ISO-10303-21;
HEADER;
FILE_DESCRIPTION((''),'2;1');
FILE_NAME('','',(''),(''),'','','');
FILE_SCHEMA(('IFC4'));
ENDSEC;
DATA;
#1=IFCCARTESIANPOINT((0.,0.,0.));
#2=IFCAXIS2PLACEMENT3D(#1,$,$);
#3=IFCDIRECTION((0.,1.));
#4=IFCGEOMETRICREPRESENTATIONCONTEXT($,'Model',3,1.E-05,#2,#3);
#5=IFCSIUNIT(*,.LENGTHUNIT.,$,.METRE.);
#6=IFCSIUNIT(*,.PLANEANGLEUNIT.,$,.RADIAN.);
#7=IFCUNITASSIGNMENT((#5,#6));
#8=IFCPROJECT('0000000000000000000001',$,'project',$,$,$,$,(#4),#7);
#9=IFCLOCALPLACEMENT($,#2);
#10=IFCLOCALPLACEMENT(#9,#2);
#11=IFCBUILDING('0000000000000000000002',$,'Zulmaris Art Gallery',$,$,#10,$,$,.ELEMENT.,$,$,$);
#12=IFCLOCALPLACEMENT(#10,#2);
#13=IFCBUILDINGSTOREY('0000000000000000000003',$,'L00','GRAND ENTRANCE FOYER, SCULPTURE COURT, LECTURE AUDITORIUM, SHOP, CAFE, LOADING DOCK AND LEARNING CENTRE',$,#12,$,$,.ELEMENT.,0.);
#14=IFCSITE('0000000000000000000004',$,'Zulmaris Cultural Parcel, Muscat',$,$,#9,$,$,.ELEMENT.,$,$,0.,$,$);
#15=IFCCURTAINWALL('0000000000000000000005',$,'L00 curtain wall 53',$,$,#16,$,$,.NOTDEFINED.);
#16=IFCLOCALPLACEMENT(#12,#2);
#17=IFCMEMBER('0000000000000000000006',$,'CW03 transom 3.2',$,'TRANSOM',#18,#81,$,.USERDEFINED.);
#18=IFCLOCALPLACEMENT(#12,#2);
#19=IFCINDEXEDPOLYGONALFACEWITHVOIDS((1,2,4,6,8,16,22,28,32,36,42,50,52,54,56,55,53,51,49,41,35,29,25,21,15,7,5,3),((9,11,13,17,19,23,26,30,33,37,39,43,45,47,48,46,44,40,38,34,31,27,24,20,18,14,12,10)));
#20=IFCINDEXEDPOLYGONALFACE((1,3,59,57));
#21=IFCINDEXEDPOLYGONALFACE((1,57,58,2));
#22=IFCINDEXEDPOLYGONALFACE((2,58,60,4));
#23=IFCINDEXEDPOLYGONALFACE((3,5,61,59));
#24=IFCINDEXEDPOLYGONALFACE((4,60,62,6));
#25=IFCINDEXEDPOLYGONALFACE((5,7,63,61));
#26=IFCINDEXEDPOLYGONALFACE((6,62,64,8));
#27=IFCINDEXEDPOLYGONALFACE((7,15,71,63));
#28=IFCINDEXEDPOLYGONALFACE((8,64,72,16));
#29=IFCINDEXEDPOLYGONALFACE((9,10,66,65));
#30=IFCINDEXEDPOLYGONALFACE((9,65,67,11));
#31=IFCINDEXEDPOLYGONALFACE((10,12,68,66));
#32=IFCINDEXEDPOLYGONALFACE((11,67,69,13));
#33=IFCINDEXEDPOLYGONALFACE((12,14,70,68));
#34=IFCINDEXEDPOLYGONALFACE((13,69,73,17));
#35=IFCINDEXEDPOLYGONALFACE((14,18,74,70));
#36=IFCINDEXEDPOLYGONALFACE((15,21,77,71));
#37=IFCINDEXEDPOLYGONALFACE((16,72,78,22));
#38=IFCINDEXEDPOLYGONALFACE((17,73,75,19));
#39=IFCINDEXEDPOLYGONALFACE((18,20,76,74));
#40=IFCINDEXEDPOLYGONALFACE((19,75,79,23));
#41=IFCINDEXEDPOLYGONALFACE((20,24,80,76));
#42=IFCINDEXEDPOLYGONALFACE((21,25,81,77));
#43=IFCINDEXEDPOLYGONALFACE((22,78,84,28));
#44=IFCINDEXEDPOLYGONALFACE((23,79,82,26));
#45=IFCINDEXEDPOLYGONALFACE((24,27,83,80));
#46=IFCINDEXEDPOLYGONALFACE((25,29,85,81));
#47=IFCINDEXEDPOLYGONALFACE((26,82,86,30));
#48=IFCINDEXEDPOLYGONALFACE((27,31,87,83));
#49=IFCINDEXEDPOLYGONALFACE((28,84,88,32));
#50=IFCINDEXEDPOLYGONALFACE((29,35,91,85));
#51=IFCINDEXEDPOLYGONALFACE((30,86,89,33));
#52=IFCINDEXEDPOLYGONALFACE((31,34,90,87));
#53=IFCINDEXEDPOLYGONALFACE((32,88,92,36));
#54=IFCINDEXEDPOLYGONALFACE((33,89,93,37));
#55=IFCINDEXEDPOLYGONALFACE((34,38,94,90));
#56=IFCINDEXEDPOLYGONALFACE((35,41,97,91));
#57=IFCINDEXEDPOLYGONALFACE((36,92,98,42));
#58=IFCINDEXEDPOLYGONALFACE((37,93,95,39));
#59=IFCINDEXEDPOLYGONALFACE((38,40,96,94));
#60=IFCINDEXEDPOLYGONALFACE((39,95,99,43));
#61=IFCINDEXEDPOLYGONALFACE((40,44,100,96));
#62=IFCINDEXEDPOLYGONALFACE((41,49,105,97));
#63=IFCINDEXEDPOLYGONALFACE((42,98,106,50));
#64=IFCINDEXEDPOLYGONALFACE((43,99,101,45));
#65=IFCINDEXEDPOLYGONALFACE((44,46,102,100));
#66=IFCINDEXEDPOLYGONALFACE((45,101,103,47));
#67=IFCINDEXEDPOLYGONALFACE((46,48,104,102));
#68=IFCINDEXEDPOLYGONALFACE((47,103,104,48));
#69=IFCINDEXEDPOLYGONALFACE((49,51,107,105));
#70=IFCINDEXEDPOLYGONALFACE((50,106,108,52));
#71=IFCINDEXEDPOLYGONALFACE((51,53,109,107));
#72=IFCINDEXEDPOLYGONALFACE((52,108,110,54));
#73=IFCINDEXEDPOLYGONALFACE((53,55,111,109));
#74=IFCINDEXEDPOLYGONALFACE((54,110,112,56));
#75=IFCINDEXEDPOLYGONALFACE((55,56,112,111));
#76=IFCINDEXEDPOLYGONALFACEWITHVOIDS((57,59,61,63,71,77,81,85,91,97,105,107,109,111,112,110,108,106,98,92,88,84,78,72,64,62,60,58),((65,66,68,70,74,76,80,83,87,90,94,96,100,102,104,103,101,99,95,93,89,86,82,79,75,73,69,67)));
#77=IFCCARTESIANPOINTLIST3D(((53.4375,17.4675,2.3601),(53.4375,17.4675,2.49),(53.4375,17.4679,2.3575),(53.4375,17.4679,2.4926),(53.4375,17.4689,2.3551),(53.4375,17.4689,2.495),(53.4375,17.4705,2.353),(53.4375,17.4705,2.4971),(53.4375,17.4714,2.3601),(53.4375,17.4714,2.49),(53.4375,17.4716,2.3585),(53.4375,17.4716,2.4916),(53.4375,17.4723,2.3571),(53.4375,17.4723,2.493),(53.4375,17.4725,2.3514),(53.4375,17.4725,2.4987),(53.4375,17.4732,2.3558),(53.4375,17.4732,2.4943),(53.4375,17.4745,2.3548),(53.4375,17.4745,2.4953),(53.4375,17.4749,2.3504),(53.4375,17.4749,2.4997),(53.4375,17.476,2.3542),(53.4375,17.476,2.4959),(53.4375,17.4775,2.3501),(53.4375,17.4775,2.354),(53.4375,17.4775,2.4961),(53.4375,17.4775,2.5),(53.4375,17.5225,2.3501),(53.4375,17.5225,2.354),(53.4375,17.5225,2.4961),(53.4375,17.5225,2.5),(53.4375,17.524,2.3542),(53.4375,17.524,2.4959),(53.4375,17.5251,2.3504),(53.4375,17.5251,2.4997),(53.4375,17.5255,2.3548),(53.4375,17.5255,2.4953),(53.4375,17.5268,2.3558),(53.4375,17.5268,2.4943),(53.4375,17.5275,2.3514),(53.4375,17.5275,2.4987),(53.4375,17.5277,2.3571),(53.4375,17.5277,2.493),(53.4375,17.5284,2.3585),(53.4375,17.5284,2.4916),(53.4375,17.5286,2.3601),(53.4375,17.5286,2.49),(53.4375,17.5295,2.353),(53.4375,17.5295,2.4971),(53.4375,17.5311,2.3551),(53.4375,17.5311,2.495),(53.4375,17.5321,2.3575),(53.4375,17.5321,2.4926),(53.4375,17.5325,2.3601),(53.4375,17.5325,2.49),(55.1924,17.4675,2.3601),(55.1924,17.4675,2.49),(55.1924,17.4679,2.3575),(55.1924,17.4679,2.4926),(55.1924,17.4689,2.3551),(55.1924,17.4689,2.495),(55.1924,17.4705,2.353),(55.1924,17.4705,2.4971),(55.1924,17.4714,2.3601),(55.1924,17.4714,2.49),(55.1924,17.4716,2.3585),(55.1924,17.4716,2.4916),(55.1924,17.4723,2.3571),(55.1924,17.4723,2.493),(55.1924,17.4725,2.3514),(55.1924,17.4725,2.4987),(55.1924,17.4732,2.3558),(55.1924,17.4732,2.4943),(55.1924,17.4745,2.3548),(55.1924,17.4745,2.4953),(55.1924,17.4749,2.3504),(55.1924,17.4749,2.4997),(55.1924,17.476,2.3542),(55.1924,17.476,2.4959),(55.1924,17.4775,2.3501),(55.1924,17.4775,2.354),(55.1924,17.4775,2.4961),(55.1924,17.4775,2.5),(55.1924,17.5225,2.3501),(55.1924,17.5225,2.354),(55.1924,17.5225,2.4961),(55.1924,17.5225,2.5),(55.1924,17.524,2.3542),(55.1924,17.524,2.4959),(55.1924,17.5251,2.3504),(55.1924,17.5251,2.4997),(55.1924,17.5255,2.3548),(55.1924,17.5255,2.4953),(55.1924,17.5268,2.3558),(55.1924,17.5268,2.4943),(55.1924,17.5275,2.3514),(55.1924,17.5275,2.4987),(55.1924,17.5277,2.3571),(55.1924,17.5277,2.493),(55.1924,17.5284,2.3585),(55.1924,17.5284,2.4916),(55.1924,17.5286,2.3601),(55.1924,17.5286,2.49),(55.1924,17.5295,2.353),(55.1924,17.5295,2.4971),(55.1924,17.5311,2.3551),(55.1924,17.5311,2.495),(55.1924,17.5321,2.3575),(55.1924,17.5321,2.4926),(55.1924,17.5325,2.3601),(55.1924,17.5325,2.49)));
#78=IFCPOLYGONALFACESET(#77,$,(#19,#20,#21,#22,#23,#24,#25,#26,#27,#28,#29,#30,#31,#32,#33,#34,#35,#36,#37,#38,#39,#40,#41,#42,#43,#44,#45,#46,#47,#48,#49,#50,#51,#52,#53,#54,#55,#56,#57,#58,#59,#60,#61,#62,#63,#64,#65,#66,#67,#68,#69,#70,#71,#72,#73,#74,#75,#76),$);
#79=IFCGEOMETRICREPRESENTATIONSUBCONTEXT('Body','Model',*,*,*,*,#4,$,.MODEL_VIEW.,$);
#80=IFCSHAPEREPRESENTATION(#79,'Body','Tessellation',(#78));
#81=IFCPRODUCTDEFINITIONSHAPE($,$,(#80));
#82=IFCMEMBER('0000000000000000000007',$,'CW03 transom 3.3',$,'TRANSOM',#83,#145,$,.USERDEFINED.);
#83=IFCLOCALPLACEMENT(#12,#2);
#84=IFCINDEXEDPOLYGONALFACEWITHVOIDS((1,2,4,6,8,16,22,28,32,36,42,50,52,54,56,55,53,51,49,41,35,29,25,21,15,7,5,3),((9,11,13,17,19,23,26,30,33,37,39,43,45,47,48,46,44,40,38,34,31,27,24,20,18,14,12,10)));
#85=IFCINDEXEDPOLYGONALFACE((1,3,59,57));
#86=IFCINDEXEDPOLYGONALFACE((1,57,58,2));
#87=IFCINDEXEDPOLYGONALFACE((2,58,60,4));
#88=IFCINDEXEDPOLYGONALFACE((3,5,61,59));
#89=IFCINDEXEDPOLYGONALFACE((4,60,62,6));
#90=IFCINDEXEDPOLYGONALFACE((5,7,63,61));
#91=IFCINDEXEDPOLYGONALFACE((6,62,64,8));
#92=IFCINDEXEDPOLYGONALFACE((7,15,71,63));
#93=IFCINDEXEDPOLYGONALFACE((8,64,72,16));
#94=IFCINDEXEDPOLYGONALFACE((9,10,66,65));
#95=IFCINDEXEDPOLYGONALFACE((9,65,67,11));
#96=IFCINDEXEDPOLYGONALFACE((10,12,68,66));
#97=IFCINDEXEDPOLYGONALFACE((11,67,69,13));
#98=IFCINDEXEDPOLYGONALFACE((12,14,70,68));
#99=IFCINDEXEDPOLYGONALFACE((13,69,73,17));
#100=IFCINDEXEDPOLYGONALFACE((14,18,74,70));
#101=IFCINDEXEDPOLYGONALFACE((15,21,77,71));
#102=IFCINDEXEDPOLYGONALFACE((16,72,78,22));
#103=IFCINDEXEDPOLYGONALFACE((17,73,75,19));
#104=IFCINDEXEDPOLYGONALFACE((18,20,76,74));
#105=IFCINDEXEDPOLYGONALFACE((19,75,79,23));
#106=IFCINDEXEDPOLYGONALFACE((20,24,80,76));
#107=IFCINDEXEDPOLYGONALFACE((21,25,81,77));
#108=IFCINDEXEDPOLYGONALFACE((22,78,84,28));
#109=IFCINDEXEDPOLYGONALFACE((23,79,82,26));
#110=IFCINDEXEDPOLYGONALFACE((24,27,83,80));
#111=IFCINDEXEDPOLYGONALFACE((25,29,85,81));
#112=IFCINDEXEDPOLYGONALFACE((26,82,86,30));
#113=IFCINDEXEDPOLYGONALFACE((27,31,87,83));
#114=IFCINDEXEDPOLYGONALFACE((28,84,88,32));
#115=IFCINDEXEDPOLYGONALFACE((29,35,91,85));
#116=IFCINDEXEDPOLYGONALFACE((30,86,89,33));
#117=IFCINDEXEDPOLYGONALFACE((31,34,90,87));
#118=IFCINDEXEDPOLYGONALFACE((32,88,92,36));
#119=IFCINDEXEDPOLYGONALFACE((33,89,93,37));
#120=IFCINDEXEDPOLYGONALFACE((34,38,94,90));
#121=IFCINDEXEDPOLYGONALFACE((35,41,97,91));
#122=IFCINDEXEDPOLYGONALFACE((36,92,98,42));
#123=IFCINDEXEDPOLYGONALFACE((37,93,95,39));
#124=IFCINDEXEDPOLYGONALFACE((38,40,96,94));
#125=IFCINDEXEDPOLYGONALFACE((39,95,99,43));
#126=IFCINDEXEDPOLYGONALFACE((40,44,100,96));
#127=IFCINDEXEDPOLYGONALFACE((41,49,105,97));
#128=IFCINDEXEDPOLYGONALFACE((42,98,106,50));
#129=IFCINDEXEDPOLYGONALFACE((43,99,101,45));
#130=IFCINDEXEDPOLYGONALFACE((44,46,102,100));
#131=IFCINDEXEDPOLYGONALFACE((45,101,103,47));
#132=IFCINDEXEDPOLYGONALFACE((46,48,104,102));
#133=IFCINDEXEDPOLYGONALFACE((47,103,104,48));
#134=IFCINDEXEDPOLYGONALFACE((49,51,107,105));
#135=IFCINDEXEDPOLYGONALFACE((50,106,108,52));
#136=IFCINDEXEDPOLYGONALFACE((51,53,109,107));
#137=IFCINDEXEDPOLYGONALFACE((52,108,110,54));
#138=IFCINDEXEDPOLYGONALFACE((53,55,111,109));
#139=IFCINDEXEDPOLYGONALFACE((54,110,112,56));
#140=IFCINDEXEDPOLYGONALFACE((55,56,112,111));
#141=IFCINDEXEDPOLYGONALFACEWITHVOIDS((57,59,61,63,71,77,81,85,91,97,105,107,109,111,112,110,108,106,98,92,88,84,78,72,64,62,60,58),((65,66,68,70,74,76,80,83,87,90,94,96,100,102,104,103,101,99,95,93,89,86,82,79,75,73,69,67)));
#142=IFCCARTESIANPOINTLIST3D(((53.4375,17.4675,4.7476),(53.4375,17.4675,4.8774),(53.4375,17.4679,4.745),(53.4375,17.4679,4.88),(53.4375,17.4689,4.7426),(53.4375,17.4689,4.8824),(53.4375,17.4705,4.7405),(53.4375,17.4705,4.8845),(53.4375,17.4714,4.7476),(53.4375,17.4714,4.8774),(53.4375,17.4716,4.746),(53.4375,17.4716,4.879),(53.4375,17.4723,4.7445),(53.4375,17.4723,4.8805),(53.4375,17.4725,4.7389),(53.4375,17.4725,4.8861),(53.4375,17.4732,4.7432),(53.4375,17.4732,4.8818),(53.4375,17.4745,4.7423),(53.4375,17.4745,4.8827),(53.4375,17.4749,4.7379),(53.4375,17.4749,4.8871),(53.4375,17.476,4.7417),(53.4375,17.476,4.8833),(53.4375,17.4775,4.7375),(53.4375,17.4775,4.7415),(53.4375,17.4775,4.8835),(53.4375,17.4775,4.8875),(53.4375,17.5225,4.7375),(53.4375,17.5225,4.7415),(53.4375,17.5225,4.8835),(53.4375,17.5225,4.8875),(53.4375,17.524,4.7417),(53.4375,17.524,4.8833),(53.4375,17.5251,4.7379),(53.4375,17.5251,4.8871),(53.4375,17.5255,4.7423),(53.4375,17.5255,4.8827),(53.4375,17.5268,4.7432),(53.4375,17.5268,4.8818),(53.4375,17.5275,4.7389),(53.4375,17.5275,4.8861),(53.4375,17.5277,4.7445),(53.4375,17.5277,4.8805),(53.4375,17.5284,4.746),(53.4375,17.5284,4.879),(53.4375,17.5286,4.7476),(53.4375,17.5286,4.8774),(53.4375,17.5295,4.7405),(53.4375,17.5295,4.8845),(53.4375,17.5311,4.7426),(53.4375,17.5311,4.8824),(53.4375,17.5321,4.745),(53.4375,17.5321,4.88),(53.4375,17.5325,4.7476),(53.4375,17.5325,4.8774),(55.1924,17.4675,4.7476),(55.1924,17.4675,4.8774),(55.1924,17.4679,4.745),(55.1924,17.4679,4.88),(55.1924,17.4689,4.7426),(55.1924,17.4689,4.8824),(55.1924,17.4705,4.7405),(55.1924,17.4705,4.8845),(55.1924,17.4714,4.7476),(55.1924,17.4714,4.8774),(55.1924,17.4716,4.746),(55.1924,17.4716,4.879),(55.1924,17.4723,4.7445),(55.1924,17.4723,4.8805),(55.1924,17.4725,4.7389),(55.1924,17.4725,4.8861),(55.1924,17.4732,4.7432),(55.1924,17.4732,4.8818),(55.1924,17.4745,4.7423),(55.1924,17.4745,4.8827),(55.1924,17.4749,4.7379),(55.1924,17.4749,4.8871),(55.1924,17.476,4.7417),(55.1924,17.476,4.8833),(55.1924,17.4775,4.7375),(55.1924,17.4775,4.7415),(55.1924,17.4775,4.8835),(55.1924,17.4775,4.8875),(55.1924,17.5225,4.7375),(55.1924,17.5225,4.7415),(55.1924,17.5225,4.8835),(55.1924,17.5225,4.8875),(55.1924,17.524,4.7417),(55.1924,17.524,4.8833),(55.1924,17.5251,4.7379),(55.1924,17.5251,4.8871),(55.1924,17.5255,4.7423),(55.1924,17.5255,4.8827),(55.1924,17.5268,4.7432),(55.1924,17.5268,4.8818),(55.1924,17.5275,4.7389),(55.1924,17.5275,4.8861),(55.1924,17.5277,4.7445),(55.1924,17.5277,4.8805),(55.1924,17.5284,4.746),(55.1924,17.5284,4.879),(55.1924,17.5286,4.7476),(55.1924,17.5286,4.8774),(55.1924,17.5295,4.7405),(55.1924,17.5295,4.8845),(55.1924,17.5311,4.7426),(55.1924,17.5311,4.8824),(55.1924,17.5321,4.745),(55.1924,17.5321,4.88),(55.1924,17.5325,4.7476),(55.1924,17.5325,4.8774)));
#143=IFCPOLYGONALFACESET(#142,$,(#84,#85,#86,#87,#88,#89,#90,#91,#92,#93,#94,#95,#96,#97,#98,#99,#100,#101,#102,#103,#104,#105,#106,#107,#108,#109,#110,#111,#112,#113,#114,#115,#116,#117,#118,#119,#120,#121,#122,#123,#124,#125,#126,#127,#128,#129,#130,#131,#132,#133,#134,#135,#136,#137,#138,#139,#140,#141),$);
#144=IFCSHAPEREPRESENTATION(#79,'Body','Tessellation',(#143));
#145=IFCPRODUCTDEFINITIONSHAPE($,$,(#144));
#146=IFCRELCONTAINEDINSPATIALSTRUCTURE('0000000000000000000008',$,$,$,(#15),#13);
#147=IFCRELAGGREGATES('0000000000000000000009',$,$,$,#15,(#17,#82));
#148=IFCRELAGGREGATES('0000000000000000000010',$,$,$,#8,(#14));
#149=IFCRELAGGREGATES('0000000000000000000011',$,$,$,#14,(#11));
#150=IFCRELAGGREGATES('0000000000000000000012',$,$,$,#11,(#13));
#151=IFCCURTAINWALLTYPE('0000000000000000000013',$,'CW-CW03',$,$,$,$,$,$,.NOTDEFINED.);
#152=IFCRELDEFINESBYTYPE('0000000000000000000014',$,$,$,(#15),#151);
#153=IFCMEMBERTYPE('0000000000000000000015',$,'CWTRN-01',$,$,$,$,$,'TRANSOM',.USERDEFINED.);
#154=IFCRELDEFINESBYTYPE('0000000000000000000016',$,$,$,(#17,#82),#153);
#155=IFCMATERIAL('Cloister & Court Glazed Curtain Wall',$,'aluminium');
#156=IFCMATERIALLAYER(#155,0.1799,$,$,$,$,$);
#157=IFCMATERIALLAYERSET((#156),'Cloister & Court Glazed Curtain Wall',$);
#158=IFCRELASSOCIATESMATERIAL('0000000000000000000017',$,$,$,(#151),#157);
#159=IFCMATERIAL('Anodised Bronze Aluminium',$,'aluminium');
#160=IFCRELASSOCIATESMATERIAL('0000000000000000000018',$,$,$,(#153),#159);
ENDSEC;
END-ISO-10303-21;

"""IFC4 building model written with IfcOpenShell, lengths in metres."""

from ifc_helpers import new_model, si_unit, direction, frame, origin, origin_2d, place, context, subcontext, project, spatial, hollow_rectangle, extrude, material, layer, layer_set, material_profile, profile_set, type_object, element, aggregate, save


model = new_model("IFC4")

# Units and contexts
model_context = context("Model", 3, precision=1e-05, world=origin(), true_north=direction((0.0, 1.0)))
body_context = subcontext(model_context, "Body", "Model", "MODEL_VIEW")
ifc_project = project(units=[si_unit("LENGTHUNIT", "METRE"), si_unit("PLANEANGLEUNIT", "RADIAN")], contexts=[model_context])

# Site, building, storey
site_placement = place(None, origin())
site = spatial("IfcSite", under=ifc_project, at=site_placement, Name="Zulmaris Cultural Parcel, Muscat", CompositionType="ELEMENT", RefElevation=0.0)
building_placement = place(site_placement, origin())
building = spatial("IfcBuilding", under=site, at=building_placement, Name="Zulmaris Art Gallery", CompositionType="ELEMENT")
storey_placement = place(building_placement, origin())
storey = spatial("IfcBuildingStorey", under=building, at=storey_placement, Name="L00", Description="GRAND ENTRANCE FOYER, SCULPTURE COURT, LECTURE AUDITORIUM, SHOP, CAFE, LOADING DOCK AND LEARNING CENTRE", CompositionType="ELEMENT", Elevation=0.0)

# Curtain wall, members
ifc_material_1 = material(Name="Cloister & Court Glazed Curtain Wall", Category="aluminium")
ifc_layer_1 = layer(ifc_material_1, 0.1799)
ifc_layer_set_1 = layer_set([ifc_layer_1], Name="Cloister & Court Glazed Curtain Wall")
curtain_wall_type = type_object("IfcCurtainWallType", Name="CW-CW03", PredefinedType="NOTDEFINED", material=ifc_layer_set_1)
curtain_wall_placement = place(storey_placement, origin())
curtain_wall = element("IfcCurtainWall", 1, at=curtain_wall_placement, inside=storey, type_object=curtain_wall_type, Name="L00 curtain wall 53", PredefinedType="NOTDEFINED")
ifc_material_2 = material(Name="Anodised Bronze Aluminium", Category="aluminium")
ifc_material_profile_1 = material_profile(ifc_material_2, hollow_rectangle(XDim=0.0649, YDim=0.1499, WallThickness=0.0039, InnerFilletRadius=0.0061, OuterFilletRadius=0.01, at=origin_2d()), Name="ALU 65x150x4")
ifc_profile_set_1 = profile_set([ifc_material_profile_1], Name="Anodised Bronze Aluminium")
member_type_1 = type_object("IfcMemberType", Name="CWTRN-01", ElementType="TRANSOM", PredefinedType="USERDEFINED", material=ifc_profile_set_1)
member_1_placement = place(storey_placement, frame((53.4375, 17.5, 2.425), z_axis=(1.0, 0.0, 0.0), x_axis=(0.0, 1.0, 0.0)))
member_1 = element("IfcMember", 2, at=member_1_placement, type_object=member_type_1, Name="CW03 transom 3.2", ObjectType="TRANSOM", PredefinedType="USERDEFINED", context=body_context, shape_type="SweptSolid", body=[
    extrude(hollow_rectangle(XDim=0.0649, YDim=0.1499, WallThickness=0.0039, InnerFilletRadius=0.0061, OuterFilletRadius=0.01, at=origin_2d()), origin(), (0.0, 0.0, 1.0), 1.7549),
])
member_2_placement = place(storey_placement, frame((53.4375, 17.5, 4.8125), z_axis=(1.0, 0.0, 0.0), x_axis=(0.0, 1.0, 0.0)))
member_2 = element("IfcMember", 3, at=member_2_placement, type_object=member_type_1, Name="CW03 transom 3.3", ObjectType="TRANSOM", PredefinedType="USERDEFINED", context=body_context, shape_type="SweptSolid", body=[
    extrude(hollow_rectangle(XDim=0.0649, YDim=0.1499, WallThickness=0.0039, InnerFilletRadius=0.0061, OuterFilletRadius=0.01, at=origin_2d()), origin(), (0.0, 0.0, 1.0), 1.7549),
])
aggregate(curtain_wall, [member_1, member_2])

save(model, "model.ifc")
